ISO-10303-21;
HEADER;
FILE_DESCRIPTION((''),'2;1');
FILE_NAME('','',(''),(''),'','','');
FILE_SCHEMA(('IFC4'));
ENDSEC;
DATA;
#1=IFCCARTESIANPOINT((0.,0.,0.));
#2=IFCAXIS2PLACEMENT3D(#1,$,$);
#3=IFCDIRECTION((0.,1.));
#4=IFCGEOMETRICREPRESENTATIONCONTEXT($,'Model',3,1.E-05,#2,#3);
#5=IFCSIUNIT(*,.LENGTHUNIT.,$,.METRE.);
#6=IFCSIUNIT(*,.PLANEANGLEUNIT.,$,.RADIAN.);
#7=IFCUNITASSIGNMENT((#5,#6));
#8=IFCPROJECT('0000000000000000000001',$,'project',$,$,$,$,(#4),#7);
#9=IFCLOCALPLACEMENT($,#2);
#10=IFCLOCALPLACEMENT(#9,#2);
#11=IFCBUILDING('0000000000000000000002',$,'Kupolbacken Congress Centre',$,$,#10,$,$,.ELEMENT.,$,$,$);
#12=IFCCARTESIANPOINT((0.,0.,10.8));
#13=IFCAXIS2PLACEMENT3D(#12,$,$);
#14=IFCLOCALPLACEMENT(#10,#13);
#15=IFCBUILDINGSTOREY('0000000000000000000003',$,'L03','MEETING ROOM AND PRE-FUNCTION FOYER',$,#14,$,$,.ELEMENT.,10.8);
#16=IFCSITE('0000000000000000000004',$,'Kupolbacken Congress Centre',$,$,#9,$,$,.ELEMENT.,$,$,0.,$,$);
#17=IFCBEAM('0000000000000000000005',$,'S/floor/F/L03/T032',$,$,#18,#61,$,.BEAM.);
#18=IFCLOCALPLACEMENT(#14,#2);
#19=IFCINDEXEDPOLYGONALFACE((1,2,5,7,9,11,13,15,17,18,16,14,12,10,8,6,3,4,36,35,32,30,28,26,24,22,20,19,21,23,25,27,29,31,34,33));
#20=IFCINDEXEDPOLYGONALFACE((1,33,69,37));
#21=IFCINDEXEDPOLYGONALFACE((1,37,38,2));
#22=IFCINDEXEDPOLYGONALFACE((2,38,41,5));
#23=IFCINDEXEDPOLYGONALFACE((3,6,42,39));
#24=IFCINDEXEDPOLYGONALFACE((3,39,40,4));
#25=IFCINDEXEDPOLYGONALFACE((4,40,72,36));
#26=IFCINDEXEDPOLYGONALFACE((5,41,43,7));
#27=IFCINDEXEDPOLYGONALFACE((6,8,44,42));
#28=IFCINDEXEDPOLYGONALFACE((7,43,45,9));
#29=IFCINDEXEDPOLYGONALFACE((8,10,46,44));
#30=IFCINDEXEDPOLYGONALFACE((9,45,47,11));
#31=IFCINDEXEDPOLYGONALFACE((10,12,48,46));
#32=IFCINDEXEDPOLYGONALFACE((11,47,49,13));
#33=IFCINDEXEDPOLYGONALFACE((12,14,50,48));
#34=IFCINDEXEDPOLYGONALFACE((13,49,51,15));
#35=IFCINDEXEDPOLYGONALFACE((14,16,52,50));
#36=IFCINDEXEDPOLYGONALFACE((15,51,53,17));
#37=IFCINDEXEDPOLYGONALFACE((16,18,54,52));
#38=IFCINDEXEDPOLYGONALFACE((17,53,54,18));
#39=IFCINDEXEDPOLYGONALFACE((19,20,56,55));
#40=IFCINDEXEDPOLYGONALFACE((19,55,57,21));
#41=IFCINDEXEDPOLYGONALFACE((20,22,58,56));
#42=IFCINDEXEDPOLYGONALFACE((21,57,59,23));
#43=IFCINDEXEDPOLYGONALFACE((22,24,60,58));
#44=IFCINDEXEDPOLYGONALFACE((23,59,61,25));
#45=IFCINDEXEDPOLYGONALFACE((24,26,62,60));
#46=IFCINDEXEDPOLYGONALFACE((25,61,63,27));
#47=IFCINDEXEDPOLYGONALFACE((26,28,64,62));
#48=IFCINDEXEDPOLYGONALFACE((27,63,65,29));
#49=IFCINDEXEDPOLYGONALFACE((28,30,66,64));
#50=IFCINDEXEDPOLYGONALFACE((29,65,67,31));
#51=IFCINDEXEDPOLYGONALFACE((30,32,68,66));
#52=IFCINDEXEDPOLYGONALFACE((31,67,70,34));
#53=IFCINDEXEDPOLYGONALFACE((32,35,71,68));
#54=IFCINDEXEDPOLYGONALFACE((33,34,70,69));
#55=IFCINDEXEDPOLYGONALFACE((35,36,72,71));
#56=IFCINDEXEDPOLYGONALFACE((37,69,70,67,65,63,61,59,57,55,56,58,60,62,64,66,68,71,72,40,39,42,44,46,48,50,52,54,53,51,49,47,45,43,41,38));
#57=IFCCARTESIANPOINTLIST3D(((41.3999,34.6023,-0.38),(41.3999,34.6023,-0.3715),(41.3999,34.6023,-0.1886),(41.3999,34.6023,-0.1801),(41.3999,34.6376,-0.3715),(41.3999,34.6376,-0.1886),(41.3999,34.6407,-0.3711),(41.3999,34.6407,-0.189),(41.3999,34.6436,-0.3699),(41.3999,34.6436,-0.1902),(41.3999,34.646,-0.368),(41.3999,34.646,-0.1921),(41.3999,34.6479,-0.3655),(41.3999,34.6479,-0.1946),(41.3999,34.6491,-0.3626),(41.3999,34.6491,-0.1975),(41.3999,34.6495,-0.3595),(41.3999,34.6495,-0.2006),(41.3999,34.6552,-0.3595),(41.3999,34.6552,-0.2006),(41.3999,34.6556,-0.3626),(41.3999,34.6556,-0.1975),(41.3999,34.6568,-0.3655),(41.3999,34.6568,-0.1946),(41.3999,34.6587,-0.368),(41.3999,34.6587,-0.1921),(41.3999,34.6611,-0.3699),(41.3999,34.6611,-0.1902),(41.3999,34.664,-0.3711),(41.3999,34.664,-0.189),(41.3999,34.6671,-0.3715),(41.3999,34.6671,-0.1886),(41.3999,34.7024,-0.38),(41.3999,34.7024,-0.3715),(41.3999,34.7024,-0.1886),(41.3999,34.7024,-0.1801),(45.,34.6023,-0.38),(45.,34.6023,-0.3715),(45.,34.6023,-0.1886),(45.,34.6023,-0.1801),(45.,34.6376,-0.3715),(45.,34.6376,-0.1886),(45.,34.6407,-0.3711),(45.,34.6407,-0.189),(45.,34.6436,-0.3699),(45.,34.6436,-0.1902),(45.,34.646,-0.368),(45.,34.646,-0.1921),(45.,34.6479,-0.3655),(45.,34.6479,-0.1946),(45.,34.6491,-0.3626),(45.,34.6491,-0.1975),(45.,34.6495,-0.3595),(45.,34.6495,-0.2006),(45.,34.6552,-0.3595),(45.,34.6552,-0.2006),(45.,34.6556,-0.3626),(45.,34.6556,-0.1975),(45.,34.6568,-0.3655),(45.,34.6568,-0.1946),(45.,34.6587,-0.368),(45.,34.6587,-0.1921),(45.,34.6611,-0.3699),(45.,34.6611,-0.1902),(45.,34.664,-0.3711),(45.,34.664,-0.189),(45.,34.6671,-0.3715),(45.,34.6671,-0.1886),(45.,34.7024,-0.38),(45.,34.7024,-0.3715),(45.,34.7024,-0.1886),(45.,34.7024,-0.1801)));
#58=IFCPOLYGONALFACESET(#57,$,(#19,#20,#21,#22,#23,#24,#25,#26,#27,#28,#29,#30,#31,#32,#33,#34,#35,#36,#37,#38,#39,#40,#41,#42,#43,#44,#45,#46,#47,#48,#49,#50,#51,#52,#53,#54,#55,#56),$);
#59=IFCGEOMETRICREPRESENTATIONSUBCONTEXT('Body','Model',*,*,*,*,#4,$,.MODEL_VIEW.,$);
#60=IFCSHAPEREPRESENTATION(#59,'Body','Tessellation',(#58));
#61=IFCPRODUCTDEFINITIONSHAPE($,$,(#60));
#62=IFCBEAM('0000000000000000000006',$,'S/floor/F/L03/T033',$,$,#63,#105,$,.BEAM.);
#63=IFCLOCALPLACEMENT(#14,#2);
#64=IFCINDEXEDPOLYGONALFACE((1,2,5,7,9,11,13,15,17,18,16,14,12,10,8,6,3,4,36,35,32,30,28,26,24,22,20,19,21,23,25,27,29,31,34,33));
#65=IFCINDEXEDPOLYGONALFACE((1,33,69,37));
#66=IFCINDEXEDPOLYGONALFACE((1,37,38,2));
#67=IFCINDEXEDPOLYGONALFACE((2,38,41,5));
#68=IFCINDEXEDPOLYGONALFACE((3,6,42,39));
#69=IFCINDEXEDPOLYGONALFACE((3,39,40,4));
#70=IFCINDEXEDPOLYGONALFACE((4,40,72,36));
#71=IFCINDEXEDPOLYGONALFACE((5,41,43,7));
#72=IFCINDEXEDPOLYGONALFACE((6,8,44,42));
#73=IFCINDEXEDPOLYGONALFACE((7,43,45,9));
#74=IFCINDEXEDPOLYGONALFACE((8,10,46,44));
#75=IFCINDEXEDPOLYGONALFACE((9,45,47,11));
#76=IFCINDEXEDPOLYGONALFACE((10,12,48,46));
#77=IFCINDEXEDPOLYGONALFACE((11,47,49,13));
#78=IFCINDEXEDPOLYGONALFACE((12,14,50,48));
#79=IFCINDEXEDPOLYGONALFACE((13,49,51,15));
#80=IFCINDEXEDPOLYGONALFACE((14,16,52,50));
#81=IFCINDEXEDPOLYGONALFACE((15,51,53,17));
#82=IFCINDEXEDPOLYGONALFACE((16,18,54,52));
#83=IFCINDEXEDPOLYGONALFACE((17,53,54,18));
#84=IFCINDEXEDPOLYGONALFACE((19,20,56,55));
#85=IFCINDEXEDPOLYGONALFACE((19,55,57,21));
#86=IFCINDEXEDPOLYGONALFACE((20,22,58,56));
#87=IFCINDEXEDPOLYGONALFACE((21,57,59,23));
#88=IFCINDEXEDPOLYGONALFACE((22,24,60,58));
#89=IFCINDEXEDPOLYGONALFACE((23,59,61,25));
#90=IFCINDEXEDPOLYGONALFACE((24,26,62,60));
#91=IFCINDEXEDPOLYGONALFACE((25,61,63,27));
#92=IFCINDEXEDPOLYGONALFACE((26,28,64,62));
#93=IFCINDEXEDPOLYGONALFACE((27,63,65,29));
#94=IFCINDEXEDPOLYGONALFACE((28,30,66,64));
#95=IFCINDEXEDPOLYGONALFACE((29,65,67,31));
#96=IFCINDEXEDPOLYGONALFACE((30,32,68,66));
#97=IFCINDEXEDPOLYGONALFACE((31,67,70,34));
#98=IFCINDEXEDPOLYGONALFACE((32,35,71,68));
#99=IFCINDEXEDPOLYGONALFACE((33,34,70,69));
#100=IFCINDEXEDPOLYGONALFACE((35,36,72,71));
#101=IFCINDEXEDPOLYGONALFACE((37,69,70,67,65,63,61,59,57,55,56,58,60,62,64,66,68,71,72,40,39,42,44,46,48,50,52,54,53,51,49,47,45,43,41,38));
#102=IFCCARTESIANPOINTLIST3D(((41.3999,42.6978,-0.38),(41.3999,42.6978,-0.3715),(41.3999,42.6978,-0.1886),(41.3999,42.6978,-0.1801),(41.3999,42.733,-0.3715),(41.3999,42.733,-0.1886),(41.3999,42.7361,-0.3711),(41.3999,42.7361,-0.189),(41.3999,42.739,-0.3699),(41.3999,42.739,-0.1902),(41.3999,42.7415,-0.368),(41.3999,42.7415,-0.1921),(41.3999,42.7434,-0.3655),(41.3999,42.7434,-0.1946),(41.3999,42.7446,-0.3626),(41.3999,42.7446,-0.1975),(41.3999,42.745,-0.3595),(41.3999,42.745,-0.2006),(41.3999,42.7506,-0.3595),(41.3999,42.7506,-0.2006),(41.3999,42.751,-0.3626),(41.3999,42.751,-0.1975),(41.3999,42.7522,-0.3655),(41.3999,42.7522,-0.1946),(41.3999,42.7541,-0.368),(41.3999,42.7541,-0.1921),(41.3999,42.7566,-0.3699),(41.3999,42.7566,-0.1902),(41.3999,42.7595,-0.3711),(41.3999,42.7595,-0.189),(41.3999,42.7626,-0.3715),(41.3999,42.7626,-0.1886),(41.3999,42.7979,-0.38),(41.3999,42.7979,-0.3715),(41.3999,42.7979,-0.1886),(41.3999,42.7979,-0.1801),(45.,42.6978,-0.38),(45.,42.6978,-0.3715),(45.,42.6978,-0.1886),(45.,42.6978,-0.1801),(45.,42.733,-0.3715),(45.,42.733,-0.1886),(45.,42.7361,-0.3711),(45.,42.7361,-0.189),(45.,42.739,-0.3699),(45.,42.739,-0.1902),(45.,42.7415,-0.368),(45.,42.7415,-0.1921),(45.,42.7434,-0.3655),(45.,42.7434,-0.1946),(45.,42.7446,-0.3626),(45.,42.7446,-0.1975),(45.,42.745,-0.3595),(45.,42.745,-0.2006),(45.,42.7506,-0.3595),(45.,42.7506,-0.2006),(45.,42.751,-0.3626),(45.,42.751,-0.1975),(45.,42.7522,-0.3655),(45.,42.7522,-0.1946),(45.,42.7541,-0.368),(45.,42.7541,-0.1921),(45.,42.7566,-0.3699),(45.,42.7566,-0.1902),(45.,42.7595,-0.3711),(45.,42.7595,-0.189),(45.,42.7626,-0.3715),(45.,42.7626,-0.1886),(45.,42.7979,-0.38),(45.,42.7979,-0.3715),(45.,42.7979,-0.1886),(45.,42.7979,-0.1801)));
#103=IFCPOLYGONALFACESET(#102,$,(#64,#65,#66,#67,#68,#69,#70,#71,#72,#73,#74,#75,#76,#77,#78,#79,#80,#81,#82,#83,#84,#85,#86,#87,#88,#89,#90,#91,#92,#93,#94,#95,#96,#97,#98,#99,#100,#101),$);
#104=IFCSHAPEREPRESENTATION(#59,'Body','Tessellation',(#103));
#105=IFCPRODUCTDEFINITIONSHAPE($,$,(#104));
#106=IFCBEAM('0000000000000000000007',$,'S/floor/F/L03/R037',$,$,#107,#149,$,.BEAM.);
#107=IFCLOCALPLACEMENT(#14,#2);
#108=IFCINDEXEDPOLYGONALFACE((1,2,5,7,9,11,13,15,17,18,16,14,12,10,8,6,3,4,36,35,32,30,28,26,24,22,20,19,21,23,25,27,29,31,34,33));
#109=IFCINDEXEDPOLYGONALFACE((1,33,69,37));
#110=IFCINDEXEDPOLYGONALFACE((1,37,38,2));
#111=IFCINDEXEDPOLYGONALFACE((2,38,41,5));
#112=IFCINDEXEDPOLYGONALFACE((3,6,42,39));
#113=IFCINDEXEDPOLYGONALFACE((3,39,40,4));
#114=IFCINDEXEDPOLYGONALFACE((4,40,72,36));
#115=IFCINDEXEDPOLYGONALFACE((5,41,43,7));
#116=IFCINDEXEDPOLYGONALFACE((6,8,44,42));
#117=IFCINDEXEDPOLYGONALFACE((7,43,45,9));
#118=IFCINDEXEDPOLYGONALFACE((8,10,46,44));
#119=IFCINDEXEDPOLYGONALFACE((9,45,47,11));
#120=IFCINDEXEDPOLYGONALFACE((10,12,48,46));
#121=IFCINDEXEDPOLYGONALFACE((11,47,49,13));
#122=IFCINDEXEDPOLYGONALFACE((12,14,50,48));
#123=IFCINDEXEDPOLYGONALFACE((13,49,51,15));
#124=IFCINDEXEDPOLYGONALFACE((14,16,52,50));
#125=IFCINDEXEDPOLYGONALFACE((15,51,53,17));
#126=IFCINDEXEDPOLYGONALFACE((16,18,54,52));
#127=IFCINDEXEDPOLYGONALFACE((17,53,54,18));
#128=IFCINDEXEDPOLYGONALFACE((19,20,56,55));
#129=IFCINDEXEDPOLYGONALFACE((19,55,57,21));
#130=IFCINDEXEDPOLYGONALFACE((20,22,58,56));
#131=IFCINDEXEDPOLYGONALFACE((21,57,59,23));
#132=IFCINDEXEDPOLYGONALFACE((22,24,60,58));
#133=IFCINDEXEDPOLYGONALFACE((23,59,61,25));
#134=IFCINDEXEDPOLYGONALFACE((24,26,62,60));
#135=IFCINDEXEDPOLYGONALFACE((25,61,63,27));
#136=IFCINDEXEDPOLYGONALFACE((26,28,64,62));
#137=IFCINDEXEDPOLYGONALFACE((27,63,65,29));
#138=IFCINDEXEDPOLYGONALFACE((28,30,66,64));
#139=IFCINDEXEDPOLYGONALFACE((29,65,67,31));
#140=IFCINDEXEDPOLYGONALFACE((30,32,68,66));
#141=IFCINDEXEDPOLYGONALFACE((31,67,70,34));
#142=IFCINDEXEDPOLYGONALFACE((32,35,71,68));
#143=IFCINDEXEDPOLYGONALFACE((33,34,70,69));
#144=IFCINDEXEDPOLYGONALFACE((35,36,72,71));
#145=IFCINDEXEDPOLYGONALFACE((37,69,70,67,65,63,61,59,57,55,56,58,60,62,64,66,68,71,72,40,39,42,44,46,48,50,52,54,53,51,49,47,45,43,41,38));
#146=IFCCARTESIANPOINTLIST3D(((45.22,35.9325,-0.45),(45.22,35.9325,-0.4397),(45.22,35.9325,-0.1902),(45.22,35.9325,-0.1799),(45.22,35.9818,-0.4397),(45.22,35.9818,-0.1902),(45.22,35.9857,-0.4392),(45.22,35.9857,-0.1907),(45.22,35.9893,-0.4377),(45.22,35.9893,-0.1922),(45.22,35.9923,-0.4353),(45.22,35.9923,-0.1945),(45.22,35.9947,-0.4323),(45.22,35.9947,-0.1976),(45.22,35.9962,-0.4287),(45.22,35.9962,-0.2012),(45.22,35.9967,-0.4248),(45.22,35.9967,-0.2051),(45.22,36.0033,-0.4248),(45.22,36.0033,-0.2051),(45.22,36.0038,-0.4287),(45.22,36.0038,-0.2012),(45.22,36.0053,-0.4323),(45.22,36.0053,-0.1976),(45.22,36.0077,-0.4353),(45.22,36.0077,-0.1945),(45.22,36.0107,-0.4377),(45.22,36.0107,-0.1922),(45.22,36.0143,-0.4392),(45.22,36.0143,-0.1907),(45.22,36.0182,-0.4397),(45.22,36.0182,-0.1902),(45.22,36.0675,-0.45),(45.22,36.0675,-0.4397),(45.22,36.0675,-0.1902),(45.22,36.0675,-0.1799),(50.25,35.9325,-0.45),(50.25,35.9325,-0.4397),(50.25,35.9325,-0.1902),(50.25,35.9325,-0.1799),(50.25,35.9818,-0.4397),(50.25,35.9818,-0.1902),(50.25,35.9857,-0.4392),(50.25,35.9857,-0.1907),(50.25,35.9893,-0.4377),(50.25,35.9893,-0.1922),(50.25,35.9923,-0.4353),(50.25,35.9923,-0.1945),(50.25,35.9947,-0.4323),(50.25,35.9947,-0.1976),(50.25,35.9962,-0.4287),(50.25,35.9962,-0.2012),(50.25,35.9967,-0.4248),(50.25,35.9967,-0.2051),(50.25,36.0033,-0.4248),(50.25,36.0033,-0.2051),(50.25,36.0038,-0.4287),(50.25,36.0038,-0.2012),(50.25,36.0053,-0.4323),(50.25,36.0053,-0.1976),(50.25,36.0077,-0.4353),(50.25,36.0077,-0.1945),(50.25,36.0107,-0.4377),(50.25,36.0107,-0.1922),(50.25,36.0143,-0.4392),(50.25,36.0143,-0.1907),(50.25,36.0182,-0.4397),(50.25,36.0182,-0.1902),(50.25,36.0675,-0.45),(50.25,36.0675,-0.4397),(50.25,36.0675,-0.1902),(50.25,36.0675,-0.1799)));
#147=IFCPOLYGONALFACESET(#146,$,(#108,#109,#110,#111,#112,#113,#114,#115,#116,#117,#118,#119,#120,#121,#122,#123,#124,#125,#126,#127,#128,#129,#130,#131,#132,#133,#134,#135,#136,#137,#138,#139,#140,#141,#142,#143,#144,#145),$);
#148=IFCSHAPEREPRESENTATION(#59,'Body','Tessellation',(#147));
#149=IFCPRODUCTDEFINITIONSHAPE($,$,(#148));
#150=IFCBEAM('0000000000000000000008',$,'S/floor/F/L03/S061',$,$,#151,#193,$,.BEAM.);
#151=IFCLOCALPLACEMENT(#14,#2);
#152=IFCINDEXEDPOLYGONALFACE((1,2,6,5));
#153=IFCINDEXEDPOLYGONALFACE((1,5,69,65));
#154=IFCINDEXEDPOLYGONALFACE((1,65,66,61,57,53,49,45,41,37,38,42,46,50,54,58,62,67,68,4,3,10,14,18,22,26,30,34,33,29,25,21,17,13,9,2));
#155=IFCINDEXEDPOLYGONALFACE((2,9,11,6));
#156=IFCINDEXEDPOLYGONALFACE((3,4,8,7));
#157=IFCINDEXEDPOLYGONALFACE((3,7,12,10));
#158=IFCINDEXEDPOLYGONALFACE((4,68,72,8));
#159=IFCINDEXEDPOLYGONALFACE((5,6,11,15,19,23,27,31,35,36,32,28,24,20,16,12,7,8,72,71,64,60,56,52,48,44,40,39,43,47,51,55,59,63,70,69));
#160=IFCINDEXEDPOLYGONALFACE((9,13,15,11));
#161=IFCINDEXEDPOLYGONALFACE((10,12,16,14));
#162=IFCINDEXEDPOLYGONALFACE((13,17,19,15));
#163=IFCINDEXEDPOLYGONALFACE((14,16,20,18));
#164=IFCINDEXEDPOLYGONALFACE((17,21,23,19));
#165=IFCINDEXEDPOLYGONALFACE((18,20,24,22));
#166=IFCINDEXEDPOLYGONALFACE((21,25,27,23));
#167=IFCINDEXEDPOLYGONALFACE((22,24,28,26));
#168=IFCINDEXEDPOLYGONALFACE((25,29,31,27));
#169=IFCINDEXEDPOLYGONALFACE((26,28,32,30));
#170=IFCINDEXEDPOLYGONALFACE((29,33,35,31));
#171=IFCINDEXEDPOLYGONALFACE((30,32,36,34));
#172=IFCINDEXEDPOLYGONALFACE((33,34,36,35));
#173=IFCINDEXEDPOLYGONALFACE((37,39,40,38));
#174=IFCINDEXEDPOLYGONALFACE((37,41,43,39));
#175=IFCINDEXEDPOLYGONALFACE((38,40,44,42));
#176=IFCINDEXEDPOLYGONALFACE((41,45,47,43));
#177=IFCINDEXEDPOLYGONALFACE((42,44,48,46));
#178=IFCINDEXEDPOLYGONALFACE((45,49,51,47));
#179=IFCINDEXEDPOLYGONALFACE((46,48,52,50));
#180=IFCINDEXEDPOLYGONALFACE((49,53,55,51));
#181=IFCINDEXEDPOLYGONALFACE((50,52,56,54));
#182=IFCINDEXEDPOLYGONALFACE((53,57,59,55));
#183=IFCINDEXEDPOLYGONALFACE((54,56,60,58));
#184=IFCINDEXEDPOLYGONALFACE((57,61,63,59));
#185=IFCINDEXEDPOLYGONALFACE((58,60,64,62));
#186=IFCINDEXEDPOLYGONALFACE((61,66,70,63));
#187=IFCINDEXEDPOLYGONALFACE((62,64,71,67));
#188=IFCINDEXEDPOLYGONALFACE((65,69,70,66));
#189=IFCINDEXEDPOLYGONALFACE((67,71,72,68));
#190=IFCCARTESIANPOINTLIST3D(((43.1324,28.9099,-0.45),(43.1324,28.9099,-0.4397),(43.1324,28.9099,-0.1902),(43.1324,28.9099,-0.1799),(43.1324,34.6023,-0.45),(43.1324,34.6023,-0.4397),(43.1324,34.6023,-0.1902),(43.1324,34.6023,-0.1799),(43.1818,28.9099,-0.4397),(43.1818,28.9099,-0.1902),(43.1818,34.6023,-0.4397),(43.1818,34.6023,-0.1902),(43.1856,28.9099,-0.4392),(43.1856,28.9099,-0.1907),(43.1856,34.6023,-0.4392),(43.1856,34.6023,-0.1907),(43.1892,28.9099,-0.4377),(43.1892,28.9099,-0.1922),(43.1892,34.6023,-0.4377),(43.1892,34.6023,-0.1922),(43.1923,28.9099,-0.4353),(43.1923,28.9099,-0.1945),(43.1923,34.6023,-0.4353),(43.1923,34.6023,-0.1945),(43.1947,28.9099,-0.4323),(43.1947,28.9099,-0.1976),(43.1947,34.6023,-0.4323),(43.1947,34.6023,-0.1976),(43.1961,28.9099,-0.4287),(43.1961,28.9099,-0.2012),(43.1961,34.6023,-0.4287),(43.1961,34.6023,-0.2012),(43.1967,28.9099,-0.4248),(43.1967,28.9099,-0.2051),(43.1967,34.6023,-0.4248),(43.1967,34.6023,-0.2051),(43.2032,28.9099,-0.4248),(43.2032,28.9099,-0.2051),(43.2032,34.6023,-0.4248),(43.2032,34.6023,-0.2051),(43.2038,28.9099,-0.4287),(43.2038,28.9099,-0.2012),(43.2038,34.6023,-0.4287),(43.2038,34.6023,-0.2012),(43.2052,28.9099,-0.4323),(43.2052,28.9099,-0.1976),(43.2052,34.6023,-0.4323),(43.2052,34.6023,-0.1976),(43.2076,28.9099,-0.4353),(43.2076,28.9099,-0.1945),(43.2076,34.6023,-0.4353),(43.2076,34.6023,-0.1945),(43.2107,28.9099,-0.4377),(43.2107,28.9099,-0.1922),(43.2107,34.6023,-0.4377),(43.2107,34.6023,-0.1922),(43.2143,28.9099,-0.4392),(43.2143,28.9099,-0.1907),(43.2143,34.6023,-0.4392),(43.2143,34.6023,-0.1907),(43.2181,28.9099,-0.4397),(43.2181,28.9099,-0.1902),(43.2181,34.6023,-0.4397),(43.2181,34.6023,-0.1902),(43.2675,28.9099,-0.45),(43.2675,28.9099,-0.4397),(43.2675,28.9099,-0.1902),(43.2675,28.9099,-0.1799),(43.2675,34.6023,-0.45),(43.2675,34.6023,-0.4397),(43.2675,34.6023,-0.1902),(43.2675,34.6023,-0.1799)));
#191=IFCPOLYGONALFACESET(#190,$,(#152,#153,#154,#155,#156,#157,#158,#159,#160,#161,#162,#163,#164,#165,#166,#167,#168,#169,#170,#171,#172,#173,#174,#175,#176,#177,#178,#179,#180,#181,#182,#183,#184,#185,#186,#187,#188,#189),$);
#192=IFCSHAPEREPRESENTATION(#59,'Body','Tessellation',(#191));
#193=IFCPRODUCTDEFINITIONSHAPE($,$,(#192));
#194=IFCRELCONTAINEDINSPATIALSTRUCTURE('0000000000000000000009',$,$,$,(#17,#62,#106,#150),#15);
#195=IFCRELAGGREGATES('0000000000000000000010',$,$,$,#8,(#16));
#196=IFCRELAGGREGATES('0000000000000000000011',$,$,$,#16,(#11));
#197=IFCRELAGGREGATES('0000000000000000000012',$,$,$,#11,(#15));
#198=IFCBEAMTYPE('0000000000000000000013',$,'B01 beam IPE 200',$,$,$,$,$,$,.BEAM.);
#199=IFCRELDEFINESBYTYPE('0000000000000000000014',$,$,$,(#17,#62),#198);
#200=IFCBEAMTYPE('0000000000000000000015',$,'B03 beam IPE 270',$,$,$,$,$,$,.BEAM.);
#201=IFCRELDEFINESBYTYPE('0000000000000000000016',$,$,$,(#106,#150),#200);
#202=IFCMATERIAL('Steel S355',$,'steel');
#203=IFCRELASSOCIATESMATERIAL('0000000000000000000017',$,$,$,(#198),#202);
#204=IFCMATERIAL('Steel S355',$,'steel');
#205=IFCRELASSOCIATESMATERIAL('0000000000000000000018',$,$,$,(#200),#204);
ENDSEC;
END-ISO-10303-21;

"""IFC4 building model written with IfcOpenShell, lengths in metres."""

from ifc_helpers import new_model, si_unit, direction, frame, origin, origin_2d, place, context, subcontext, project, spatial, i_section, extrude, material, material_profile, profile_set, type_object, element, save


model = new_model("IFC4")

# Units and contexts
model_context = context("Model", 3, precision=1e-05, world=origin(), true_north=direction((0.0, 1.0)))
body_context = subcontext(model_context, "Body", "Model", "MODEL_VIEW")
ifc_project = project(units=[si_unit("LENGTHUNIT", "METRE"), si_unit("PLANEANGLEUNIT", "RADIAN")], contexts=[model_context])

# Site, building, storey
site_placement = place(None, origin())
site = spatial("IfcSite", under=ifc_project, at=site_placement, Name="Kupolbacken Congress Centre", CompositionType="ELEMENT", RefElevation=0.0)
building_placement = place(site_placement, origin())
building = spatial("IfcBuilding", under=site, at=building_placement, Name="Kupolbacken Congress Centre", CompositionType="ELEMENT")
storey_placement = place(building_placement, frame((0.0, 0.0, 10.8)))
storey = spatial("IfcBuildingStorey", under=building, at=storey_placement, Name="L03", Description="MEETING ROOM AND PRE-FUNCTION FOYER", CompositionType="ELEMENT", Elevation=10.8)

# Beams
ifc_material_1 = material(Name="Steel S355", Category="steel")
ifc_material_profile_1 = material_profile(ifc_material_1, i_section(OverallWidth=0.1001, OverallDepth=0.2, WebThickness=0.0056, FlangeThickness=0.0085, FilletRadius=0.012, at=origin_2d()), Name="IPE 200")
ifc_profile_set_1 = profile_set([ifc_material_profile_1], Name="Steel S355")
beam_type_1 = type_object("IfcBeamType", Name="B01 beam IPE 200", PredefinedType="BEAM", material=ifc_profile_set_1)
for number, where, z_axis, x_axis, name in (
    (1, (41.3999, 34.6523, -0.28), (1.0, 0.0, 0.0), (0.0, 1.0, 0.0), "S/floor/F/L03/T032"),
    (2, (41.3999, 42.7478, -0.28), (1.0, 0.0, 0.0), (0.0, 1.0, 0.0), "S/floor/F/L03/T033"),
):
    element("IfcBeam", number, at=place(storey_placement, frame(where, z_axis=z_axis, x_axis=x_axis)), inside=storey, type_object=beam_type_1, Name=name, PredefinedType="BEAM", context=body_context, shape_type="SweptSolid", body=[
        extrude(i_section(OverallWidth=0.1001, OverallDepth=0.2, WebThickness=0.0056, FlangeThickness=0.0085, FilletRadius=0.012, at=origin_2d()), origin(), (0.0, 0.0, 1.0), 3.6001),
    ])
ifc_material_2 = material(Name="Steel S355", Category="steel")
ifc_material_profile_2 = material_profile(ifc_material_2, i_section(OverallWidth=0.135, OverallDepth=0.27, WebThickness=0.0066, FlangeThickness=0.0103, FilletRadius=0.0149, at=origin_2d()), Name="IPE 270")
ifc_profile_set_2 = profile_set([ifc_material_profile_2], Name="Steel S355")
beam_type_2 = type_object("IfcBeamType", Name="B03 beam IPE 270", PredefinedType="BEAM", material=ifc_profile_set_2)
beam_1_placement = place(storey_placement, frame((45.22, 36.0, -0.3149), z_axis=(1.0, 0.0, 0.0), x_axis=(0.0, 1.0, 0.0)))
element("IfcBeam", 3, at=beam_1_placement, inside=storey, type_object=beam_type_2, Name="S/floor/F/L03/R037", PredefinedType="BEAM", context=body_context, shape_type="SweptSolid", body=[
    extrude(i_section(OverallWidth=0.135, OverallDepth=0.27, WebThickness=0.0066, FlangeThickness=0.0103, FilletRadius=0.0149, at=origin_2d()), origin(), (0.0, 0.0, 1.0), 5.03),
])
beam_2_placement = place(storey_placement, frame((43.2, 28.9099, -0.3149), z_axis=(0.0, 1.0, 0.0), x_axis=(-1.0, 0.0, 0.0)))
element("IfcBeam", 4, at=beam_2_placement, inside=storey, type_object=beam_type_2, Name="S/floor/F/L03/S061", PredefinedType="BEAM", context=body_context, shape_type="SweptSolid", body=[
    extrude(i_section(OverallWidth=0.135, OverallDepth=0.27, WebThickness=0.0066, FlangeThickness=0.0103, FilletRadius=0.0149, at=origin_2d()), origin(), (0.0, 0.0, 1.0), 5.6924),
])

save(model, "model.ifc")
